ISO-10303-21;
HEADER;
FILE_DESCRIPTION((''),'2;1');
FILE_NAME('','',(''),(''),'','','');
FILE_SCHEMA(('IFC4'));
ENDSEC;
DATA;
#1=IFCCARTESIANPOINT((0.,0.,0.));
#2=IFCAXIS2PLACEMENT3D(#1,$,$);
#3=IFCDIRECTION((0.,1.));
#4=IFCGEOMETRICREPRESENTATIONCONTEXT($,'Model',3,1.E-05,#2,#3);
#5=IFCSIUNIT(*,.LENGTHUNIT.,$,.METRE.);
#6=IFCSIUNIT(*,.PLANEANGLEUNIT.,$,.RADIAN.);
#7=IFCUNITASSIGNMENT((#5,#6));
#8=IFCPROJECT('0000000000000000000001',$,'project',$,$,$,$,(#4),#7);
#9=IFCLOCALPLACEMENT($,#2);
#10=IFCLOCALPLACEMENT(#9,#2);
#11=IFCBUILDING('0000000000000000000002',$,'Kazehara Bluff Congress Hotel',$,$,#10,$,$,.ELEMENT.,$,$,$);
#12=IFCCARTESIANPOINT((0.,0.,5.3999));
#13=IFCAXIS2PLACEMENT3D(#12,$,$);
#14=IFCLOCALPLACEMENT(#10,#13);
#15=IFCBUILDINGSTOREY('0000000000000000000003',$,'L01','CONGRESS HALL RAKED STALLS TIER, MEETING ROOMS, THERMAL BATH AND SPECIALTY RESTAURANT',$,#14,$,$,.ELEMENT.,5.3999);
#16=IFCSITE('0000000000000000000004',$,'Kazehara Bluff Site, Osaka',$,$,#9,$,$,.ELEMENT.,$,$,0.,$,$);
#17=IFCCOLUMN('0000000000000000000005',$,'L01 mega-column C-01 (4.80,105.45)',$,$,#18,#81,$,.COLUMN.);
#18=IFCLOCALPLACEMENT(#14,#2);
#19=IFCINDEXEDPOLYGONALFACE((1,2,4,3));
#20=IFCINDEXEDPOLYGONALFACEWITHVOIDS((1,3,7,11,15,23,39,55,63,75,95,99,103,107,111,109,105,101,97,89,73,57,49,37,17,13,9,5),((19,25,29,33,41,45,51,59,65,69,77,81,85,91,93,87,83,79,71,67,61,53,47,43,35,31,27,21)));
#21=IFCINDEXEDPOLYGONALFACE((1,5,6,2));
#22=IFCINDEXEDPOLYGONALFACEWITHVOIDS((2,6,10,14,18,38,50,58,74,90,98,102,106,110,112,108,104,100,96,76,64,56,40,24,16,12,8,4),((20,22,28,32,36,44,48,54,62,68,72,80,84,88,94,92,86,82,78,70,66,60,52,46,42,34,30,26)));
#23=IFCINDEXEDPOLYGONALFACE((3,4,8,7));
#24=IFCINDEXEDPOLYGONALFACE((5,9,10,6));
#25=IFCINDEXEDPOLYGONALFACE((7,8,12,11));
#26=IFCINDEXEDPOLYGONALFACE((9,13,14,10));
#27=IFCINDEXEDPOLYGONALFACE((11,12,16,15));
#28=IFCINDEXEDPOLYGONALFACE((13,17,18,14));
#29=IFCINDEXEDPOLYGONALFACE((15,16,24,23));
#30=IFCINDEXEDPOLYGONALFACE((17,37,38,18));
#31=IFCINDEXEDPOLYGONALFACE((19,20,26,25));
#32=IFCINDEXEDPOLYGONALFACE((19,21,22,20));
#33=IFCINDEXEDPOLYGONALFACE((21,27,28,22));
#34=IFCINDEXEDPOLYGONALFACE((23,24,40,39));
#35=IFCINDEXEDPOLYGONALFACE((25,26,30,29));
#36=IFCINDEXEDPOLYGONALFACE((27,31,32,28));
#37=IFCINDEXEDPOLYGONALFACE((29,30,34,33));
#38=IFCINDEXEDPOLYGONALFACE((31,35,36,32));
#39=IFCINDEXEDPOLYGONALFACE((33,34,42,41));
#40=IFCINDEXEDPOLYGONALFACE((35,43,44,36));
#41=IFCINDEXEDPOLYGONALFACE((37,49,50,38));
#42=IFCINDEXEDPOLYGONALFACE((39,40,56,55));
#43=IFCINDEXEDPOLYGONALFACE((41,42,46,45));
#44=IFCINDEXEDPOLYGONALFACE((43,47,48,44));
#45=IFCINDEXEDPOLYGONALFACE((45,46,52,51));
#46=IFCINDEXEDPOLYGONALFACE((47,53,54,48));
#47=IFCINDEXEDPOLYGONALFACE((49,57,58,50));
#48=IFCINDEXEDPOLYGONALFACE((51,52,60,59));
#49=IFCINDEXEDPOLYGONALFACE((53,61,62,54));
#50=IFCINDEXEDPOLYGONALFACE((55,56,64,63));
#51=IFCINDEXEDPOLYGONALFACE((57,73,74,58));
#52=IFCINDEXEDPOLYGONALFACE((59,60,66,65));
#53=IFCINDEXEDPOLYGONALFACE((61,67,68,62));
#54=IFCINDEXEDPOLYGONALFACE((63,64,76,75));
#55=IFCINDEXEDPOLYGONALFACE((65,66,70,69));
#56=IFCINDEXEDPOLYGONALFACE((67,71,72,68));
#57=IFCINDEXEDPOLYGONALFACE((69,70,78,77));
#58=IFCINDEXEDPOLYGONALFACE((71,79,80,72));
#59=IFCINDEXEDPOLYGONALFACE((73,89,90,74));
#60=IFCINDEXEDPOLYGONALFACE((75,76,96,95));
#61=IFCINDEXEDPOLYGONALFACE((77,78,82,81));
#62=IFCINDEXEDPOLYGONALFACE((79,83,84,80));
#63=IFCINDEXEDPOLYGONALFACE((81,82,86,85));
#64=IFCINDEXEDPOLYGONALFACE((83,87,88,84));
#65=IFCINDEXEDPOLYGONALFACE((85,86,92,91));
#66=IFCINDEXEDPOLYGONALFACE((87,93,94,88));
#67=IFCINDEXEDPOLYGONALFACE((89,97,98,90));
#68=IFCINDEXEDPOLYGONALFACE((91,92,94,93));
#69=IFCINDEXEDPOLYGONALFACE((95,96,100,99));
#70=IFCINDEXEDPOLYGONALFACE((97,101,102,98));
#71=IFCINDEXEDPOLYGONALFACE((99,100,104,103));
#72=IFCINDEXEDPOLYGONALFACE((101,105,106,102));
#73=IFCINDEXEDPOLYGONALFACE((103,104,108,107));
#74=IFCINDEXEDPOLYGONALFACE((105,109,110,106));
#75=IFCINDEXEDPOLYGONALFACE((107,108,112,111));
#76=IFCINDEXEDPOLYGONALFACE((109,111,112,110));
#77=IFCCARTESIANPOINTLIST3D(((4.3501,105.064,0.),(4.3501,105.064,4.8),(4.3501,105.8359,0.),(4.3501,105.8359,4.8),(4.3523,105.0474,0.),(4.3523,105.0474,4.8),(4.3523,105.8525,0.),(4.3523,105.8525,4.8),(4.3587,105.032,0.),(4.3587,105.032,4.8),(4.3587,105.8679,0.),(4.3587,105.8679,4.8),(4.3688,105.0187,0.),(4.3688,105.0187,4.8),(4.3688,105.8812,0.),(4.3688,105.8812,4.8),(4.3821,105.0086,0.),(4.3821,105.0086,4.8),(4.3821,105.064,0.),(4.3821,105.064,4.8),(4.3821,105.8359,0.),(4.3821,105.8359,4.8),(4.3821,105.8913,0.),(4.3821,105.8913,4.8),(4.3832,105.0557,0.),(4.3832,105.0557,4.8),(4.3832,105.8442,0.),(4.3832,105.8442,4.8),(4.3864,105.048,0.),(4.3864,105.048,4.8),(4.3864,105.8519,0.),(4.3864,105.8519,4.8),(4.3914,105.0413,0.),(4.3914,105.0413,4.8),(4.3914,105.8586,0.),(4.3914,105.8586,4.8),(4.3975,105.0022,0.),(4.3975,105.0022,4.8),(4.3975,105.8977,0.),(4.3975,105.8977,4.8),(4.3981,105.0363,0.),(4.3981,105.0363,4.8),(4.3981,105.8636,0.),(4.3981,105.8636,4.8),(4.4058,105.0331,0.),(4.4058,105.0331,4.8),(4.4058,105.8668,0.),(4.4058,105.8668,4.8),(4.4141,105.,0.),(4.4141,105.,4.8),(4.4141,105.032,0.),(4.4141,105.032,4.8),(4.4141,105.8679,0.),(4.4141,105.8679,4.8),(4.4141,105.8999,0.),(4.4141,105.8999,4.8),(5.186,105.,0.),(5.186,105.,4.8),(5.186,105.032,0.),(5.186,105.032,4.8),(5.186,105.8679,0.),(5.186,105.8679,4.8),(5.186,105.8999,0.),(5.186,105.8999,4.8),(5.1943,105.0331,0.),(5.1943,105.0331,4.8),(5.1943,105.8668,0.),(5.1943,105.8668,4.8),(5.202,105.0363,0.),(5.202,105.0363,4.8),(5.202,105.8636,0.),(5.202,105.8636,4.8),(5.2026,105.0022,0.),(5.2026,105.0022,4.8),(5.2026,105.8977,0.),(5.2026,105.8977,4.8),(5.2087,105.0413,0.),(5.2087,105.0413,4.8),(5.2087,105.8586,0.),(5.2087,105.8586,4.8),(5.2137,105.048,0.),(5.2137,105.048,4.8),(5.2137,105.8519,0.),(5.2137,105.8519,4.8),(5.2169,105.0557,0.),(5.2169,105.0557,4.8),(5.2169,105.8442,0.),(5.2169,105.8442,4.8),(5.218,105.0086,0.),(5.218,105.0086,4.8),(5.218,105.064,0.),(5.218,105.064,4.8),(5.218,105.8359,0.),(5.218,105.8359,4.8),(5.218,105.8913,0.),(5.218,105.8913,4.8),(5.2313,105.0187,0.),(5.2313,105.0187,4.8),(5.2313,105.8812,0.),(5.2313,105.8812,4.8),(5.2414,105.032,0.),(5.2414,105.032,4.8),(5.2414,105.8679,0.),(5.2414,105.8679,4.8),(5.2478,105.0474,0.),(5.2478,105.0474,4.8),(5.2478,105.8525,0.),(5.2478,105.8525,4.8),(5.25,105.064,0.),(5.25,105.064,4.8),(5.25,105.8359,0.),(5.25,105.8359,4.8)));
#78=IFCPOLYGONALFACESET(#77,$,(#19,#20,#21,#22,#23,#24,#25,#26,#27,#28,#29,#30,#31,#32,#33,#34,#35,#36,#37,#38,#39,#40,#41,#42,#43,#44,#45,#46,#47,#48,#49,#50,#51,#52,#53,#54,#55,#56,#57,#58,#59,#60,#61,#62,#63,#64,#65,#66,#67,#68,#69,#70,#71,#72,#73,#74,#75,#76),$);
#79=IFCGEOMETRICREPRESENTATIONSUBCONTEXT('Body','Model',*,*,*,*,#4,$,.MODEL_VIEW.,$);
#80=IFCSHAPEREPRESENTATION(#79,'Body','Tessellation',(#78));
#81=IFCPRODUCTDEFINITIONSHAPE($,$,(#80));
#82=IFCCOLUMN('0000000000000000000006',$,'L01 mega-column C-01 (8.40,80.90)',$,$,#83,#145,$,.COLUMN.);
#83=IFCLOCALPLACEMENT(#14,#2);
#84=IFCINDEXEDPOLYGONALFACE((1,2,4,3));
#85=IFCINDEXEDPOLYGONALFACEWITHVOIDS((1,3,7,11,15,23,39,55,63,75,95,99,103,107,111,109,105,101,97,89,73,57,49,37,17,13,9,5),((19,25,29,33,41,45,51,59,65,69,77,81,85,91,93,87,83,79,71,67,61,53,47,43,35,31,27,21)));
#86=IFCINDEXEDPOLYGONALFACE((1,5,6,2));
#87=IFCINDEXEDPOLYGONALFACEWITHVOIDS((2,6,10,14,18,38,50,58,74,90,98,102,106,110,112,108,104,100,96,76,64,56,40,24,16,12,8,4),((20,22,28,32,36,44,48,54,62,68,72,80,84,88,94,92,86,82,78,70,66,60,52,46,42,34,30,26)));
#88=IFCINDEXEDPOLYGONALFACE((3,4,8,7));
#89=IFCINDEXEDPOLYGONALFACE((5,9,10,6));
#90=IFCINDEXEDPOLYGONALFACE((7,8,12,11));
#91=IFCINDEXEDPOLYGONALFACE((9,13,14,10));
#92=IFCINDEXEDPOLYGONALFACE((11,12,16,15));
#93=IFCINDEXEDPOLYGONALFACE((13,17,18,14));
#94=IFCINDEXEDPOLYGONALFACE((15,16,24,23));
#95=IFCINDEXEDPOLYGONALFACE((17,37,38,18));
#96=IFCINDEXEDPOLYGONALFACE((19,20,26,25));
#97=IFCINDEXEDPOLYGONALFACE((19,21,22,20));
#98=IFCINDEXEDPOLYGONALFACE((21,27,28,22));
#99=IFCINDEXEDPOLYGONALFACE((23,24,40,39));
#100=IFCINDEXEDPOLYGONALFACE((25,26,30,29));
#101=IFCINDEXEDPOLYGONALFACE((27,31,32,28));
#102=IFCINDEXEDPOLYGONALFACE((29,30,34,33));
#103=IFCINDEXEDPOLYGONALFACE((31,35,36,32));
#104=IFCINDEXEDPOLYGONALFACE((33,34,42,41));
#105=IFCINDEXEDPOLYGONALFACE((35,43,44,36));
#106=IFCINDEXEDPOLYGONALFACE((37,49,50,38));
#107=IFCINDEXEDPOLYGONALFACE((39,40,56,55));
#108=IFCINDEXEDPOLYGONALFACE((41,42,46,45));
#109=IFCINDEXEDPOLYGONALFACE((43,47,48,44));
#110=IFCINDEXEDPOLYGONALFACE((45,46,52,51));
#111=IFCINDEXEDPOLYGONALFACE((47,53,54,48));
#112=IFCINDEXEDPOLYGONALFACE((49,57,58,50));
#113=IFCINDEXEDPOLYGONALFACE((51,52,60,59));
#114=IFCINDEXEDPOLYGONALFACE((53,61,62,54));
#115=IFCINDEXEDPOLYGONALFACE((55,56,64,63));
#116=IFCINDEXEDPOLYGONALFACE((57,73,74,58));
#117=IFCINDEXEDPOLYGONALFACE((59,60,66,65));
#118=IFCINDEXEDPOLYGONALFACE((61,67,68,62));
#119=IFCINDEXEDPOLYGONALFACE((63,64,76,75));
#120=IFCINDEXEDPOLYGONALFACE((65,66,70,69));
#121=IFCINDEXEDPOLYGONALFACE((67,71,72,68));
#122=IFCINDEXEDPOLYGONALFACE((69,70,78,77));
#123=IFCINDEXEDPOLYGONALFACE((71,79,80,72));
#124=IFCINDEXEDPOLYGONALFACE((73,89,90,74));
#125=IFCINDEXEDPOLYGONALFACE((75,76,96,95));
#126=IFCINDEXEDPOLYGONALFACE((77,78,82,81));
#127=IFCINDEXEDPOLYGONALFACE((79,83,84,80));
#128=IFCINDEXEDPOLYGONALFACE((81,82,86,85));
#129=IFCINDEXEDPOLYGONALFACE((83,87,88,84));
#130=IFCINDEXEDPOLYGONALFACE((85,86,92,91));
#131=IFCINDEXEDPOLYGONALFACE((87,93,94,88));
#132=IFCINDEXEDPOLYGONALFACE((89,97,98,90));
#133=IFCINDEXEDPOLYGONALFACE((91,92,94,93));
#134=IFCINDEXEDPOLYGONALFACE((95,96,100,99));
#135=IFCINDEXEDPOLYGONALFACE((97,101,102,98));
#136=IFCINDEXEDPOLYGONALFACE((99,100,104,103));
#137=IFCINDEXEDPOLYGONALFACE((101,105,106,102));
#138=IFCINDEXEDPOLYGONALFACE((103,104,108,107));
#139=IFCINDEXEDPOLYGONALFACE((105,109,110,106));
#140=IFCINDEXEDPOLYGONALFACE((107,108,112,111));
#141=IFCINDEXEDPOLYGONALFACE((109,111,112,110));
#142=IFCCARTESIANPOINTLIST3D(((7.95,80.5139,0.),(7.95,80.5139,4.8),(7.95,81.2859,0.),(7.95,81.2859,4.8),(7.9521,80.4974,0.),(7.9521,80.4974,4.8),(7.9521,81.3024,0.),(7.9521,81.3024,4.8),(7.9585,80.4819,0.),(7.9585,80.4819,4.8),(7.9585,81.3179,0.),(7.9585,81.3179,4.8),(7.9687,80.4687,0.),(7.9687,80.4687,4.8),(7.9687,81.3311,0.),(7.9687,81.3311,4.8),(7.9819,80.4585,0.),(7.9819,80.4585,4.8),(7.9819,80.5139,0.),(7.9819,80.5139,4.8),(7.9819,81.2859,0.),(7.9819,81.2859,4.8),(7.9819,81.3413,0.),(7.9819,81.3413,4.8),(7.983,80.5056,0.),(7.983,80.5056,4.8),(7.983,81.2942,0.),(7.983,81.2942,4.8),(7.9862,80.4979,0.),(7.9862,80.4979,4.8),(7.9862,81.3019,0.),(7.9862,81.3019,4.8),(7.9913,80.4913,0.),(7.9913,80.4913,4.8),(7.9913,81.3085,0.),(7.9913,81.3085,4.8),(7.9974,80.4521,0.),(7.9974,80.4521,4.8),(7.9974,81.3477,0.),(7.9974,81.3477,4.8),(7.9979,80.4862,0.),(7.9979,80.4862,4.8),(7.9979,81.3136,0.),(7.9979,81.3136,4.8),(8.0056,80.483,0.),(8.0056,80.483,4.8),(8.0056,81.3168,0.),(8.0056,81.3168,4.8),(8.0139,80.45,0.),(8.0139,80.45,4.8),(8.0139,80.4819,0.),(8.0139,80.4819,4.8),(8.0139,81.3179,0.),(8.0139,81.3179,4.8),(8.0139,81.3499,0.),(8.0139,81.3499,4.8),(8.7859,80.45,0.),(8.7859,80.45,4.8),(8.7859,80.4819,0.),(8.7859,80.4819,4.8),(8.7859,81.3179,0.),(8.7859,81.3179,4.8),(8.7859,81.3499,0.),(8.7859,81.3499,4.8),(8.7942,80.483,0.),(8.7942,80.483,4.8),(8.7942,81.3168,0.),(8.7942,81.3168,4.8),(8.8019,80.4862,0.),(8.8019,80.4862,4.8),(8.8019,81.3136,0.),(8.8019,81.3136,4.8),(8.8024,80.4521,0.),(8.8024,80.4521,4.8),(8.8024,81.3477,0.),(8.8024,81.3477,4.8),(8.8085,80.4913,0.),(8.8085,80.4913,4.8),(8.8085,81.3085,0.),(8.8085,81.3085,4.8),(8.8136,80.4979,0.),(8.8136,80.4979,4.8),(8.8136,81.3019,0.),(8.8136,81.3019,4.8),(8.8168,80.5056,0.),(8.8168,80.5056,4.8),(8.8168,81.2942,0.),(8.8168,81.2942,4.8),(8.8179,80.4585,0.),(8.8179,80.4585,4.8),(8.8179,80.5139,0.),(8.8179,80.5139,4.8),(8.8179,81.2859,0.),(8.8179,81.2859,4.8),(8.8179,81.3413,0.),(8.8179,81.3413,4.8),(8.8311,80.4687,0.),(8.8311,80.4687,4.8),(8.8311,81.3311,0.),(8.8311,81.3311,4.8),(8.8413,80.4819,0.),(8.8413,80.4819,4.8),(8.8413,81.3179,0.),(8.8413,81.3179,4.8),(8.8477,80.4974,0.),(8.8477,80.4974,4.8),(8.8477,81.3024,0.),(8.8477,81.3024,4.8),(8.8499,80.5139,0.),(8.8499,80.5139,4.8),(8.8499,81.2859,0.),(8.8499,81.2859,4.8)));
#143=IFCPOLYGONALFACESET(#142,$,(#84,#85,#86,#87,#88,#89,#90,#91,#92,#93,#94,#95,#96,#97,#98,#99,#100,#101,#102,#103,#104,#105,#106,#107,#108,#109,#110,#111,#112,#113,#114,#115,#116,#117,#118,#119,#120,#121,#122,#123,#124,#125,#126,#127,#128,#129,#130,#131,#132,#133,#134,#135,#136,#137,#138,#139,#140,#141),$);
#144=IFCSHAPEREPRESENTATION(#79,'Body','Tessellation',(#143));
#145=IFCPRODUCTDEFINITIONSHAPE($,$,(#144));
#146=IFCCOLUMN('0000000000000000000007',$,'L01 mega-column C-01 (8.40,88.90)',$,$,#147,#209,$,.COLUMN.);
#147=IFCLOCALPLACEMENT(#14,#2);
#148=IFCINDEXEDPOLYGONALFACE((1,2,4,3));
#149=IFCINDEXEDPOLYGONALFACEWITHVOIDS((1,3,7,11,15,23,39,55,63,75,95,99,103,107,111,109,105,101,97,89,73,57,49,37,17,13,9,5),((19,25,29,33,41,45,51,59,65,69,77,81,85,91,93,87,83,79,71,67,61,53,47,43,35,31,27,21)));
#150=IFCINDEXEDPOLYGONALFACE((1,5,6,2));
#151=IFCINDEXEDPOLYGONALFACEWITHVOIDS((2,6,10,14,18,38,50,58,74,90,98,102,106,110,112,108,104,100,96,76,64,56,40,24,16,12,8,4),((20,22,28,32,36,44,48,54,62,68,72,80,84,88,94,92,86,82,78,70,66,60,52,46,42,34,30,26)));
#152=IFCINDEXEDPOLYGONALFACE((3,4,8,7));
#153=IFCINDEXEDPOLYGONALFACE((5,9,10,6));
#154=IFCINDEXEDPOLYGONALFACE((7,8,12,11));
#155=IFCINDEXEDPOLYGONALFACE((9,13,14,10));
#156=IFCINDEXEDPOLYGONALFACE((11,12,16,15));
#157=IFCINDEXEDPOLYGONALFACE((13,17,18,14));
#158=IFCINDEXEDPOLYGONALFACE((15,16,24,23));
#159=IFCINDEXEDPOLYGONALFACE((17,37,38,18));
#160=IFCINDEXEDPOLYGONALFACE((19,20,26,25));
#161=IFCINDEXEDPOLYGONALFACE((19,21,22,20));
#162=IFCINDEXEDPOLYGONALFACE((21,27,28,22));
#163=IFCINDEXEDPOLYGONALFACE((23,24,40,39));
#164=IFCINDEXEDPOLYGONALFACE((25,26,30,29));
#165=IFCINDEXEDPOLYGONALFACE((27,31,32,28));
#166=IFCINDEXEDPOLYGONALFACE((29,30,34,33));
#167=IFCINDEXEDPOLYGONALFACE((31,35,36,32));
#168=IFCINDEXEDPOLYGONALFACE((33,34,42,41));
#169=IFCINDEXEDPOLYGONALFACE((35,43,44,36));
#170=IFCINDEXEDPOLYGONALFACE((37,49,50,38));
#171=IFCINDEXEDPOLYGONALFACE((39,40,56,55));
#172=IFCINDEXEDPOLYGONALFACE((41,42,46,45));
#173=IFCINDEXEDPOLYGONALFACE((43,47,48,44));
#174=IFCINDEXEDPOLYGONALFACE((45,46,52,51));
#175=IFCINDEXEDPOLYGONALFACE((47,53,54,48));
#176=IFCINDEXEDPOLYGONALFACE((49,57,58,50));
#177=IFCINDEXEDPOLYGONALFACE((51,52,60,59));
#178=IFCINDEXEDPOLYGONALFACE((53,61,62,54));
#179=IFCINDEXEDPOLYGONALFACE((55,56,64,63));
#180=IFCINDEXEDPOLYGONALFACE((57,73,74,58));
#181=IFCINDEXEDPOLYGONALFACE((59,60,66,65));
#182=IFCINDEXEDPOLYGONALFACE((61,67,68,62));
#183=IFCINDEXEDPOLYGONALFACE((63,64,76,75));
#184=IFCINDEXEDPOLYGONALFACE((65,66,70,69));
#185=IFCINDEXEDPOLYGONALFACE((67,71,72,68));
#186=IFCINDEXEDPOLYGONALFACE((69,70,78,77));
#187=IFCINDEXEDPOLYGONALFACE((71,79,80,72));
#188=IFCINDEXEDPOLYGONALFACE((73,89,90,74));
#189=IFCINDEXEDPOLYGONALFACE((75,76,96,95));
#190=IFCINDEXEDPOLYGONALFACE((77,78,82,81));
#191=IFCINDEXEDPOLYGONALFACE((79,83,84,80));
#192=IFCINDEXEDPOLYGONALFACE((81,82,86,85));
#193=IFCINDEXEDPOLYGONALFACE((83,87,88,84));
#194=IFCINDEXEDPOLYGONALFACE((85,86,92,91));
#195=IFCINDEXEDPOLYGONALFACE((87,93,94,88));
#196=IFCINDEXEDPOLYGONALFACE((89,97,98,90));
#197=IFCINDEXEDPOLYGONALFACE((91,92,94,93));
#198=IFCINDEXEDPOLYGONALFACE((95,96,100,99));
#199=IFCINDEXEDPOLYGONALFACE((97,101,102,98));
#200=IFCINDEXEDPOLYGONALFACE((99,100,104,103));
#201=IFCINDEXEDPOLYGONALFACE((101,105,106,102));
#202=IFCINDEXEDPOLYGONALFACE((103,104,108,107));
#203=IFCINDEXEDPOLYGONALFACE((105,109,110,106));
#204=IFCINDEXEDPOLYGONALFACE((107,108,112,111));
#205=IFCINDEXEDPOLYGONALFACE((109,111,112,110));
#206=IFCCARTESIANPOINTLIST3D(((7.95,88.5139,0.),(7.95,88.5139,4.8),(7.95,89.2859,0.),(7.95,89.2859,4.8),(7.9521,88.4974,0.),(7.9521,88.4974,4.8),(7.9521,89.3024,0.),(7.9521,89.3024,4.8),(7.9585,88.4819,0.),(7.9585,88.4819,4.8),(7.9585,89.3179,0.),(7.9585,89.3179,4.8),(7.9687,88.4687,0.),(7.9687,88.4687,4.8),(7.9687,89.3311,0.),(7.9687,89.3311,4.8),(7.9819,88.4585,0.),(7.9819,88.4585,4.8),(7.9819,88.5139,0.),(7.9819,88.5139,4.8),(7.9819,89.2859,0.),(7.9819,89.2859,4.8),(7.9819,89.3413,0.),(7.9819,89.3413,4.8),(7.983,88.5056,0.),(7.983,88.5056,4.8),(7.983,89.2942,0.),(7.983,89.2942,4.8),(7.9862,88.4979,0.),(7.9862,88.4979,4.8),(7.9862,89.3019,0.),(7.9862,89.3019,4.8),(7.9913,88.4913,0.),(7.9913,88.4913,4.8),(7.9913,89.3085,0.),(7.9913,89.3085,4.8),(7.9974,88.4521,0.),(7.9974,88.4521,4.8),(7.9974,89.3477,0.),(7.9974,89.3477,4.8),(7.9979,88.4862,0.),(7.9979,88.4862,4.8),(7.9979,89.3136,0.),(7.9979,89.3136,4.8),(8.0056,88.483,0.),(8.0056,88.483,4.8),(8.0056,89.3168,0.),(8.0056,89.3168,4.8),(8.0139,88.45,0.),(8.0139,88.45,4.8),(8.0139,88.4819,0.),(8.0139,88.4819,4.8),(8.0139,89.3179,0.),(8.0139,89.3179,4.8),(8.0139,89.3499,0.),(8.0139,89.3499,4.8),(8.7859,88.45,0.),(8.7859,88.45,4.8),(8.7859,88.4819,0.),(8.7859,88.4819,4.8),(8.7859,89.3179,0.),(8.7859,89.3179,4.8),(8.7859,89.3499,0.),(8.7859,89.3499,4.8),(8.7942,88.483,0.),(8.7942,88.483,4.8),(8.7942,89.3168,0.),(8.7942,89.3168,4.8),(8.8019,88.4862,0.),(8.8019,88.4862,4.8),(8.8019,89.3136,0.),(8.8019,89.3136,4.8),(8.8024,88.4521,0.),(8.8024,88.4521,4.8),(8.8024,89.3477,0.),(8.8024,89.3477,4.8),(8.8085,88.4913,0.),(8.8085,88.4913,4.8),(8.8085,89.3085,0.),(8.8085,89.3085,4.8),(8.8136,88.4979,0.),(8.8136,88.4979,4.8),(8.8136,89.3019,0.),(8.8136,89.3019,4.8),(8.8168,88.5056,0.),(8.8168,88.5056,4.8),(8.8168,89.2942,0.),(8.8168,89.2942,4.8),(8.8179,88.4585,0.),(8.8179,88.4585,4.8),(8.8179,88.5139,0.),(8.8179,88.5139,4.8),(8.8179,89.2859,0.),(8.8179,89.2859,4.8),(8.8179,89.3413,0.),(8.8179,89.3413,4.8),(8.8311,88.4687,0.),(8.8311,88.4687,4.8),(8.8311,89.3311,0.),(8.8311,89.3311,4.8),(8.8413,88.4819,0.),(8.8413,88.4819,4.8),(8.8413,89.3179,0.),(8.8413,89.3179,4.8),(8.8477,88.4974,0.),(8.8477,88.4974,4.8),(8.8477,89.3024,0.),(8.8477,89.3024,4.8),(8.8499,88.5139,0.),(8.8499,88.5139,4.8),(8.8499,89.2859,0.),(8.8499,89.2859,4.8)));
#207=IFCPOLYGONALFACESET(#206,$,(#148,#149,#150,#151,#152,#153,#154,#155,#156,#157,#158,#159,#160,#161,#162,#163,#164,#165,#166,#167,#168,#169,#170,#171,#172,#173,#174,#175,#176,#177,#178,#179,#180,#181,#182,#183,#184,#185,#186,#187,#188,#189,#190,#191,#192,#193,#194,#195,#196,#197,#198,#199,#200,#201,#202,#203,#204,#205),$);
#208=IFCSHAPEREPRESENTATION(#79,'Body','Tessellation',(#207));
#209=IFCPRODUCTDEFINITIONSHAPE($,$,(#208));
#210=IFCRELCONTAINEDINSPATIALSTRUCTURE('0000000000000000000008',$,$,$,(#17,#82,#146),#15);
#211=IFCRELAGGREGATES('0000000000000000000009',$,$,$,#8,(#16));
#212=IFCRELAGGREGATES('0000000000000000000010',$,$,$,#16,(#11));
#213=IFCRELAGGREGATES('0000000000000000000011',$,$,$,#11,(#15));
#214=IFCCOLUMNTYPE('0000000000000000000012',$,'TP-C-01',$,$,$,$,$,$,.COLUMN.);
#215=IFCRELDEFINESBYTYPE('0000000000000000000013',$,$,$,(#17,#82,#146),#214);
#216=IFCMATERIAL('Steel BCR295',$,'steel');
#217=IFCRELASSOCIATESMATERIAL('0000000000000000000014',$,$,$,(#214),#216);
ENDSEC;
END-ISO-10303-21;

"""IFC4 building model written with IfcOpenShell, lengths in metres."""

from ifc_helpers import new_model, si_unit, direction, frame, origin, origin_2d, place, context, subcontext, project, spatial, hollow_rectangle, extrude, material, material_profile, profile_set, type_object, element, save


model = new_model("IFC4")

# Units and contexts
model_context = context("Model", 3, precision=1e-05, world=origin(), true_north=direction((0.0, 1.0)))
body_context = subcontext(model_context, "Body", "Model", "MODEL_VIEW")
ifc_project = project(units=[si_unit("LENGTHUNIT", "METRE"), si_unit("PLANEANGLEUNIT", "RADIAN")], contexts=[model_context])

# Site, building, storey
site_placement = place(None, origin())
site = spatial("IfcSite", under=ifc_project, at=site_placement, Name="Kazehara Bluff Site, Osaka", CompositionType="ELEMENT", RefElevation=0.0)
building_placement = place(site_placement, origin())
building = spatial("IfcBuilding", under=site, at=building_placement, Name="Kazehara Bluff Congress Hotel", CompositionType="ELEMENT")
storey_placement = place(building_placement, frame((0.0, 0.0, 5.3999)))
storey = spatial("IfcBuildingStorey", under=building, at=storey_placement, Name="L01", Description="CONGRESS HALL RAKED STALLS TIER, MEETING ROOMS, THERMAL BATH AND SPECIALTY RESTAURANT", CompositionType="ELEMENT", Elevation=5.3999)

# Columns
ifc_material_1 = material(Name="Steel BCR295", Category="steel")
ifc_material_profile_1 = material_profile(ifc_material_1, hollow_rectangle(XDim=0.8999, YDim=0.8999, WallThickness=0.032, InnerFilletRadius=0.032, OuterFilletRadius=0.064, at=origin_2d()))
ifc_profile_set_1 = profile_set([ifc_material_profile_1], Name="Steel BCR295")
column_type = type_object("IfcColumnType", Name="TP-C-01", PredefinedType="COLUMN", material=ifc_profile_set_1)
for number, where, z_axis, x_axis, name in (
    (1, (4.8, 105.45, 0.0), (0.0, 0.0, 1.0), (1.0, 0.0, 0.0), "L01 mega-column C-01 (4.80,105.45)"),
    (2, (8.3999, 80.8999, 0.0), (0.0, 0.0, 1.0), (1.0, 0.0, 0.0), "L01 mega-column C-01 (8.40,80.90)"),
    (3, (8.3999, 88.8999, 0.0), (0.0, 0.0, 1.0), (1.0, 0.0, 0.0), "L01 mega-column C-01 (8.40,88.90)"),
):
    element("IfcColumn", number, at=place(storey_placement, frame(where, z_axis=z_axis, x_axis=x_axis)), inside=storey, type_object=column_type, Name=name, PredefinedType="COLUMN", context=body_context, shape_type="SweptSolid", body=[
        extrude(hollow_rectangle(XDim=0.8999, YDim=0.8999, WallThickness=0.032, InnerFilletRadius=0.032, OuterFilletRadius=0.064, at=origin_2d()), origin(), (0.0, 0.0, 1.0), 4.8),
    ])

save(model, "model.ifc")
